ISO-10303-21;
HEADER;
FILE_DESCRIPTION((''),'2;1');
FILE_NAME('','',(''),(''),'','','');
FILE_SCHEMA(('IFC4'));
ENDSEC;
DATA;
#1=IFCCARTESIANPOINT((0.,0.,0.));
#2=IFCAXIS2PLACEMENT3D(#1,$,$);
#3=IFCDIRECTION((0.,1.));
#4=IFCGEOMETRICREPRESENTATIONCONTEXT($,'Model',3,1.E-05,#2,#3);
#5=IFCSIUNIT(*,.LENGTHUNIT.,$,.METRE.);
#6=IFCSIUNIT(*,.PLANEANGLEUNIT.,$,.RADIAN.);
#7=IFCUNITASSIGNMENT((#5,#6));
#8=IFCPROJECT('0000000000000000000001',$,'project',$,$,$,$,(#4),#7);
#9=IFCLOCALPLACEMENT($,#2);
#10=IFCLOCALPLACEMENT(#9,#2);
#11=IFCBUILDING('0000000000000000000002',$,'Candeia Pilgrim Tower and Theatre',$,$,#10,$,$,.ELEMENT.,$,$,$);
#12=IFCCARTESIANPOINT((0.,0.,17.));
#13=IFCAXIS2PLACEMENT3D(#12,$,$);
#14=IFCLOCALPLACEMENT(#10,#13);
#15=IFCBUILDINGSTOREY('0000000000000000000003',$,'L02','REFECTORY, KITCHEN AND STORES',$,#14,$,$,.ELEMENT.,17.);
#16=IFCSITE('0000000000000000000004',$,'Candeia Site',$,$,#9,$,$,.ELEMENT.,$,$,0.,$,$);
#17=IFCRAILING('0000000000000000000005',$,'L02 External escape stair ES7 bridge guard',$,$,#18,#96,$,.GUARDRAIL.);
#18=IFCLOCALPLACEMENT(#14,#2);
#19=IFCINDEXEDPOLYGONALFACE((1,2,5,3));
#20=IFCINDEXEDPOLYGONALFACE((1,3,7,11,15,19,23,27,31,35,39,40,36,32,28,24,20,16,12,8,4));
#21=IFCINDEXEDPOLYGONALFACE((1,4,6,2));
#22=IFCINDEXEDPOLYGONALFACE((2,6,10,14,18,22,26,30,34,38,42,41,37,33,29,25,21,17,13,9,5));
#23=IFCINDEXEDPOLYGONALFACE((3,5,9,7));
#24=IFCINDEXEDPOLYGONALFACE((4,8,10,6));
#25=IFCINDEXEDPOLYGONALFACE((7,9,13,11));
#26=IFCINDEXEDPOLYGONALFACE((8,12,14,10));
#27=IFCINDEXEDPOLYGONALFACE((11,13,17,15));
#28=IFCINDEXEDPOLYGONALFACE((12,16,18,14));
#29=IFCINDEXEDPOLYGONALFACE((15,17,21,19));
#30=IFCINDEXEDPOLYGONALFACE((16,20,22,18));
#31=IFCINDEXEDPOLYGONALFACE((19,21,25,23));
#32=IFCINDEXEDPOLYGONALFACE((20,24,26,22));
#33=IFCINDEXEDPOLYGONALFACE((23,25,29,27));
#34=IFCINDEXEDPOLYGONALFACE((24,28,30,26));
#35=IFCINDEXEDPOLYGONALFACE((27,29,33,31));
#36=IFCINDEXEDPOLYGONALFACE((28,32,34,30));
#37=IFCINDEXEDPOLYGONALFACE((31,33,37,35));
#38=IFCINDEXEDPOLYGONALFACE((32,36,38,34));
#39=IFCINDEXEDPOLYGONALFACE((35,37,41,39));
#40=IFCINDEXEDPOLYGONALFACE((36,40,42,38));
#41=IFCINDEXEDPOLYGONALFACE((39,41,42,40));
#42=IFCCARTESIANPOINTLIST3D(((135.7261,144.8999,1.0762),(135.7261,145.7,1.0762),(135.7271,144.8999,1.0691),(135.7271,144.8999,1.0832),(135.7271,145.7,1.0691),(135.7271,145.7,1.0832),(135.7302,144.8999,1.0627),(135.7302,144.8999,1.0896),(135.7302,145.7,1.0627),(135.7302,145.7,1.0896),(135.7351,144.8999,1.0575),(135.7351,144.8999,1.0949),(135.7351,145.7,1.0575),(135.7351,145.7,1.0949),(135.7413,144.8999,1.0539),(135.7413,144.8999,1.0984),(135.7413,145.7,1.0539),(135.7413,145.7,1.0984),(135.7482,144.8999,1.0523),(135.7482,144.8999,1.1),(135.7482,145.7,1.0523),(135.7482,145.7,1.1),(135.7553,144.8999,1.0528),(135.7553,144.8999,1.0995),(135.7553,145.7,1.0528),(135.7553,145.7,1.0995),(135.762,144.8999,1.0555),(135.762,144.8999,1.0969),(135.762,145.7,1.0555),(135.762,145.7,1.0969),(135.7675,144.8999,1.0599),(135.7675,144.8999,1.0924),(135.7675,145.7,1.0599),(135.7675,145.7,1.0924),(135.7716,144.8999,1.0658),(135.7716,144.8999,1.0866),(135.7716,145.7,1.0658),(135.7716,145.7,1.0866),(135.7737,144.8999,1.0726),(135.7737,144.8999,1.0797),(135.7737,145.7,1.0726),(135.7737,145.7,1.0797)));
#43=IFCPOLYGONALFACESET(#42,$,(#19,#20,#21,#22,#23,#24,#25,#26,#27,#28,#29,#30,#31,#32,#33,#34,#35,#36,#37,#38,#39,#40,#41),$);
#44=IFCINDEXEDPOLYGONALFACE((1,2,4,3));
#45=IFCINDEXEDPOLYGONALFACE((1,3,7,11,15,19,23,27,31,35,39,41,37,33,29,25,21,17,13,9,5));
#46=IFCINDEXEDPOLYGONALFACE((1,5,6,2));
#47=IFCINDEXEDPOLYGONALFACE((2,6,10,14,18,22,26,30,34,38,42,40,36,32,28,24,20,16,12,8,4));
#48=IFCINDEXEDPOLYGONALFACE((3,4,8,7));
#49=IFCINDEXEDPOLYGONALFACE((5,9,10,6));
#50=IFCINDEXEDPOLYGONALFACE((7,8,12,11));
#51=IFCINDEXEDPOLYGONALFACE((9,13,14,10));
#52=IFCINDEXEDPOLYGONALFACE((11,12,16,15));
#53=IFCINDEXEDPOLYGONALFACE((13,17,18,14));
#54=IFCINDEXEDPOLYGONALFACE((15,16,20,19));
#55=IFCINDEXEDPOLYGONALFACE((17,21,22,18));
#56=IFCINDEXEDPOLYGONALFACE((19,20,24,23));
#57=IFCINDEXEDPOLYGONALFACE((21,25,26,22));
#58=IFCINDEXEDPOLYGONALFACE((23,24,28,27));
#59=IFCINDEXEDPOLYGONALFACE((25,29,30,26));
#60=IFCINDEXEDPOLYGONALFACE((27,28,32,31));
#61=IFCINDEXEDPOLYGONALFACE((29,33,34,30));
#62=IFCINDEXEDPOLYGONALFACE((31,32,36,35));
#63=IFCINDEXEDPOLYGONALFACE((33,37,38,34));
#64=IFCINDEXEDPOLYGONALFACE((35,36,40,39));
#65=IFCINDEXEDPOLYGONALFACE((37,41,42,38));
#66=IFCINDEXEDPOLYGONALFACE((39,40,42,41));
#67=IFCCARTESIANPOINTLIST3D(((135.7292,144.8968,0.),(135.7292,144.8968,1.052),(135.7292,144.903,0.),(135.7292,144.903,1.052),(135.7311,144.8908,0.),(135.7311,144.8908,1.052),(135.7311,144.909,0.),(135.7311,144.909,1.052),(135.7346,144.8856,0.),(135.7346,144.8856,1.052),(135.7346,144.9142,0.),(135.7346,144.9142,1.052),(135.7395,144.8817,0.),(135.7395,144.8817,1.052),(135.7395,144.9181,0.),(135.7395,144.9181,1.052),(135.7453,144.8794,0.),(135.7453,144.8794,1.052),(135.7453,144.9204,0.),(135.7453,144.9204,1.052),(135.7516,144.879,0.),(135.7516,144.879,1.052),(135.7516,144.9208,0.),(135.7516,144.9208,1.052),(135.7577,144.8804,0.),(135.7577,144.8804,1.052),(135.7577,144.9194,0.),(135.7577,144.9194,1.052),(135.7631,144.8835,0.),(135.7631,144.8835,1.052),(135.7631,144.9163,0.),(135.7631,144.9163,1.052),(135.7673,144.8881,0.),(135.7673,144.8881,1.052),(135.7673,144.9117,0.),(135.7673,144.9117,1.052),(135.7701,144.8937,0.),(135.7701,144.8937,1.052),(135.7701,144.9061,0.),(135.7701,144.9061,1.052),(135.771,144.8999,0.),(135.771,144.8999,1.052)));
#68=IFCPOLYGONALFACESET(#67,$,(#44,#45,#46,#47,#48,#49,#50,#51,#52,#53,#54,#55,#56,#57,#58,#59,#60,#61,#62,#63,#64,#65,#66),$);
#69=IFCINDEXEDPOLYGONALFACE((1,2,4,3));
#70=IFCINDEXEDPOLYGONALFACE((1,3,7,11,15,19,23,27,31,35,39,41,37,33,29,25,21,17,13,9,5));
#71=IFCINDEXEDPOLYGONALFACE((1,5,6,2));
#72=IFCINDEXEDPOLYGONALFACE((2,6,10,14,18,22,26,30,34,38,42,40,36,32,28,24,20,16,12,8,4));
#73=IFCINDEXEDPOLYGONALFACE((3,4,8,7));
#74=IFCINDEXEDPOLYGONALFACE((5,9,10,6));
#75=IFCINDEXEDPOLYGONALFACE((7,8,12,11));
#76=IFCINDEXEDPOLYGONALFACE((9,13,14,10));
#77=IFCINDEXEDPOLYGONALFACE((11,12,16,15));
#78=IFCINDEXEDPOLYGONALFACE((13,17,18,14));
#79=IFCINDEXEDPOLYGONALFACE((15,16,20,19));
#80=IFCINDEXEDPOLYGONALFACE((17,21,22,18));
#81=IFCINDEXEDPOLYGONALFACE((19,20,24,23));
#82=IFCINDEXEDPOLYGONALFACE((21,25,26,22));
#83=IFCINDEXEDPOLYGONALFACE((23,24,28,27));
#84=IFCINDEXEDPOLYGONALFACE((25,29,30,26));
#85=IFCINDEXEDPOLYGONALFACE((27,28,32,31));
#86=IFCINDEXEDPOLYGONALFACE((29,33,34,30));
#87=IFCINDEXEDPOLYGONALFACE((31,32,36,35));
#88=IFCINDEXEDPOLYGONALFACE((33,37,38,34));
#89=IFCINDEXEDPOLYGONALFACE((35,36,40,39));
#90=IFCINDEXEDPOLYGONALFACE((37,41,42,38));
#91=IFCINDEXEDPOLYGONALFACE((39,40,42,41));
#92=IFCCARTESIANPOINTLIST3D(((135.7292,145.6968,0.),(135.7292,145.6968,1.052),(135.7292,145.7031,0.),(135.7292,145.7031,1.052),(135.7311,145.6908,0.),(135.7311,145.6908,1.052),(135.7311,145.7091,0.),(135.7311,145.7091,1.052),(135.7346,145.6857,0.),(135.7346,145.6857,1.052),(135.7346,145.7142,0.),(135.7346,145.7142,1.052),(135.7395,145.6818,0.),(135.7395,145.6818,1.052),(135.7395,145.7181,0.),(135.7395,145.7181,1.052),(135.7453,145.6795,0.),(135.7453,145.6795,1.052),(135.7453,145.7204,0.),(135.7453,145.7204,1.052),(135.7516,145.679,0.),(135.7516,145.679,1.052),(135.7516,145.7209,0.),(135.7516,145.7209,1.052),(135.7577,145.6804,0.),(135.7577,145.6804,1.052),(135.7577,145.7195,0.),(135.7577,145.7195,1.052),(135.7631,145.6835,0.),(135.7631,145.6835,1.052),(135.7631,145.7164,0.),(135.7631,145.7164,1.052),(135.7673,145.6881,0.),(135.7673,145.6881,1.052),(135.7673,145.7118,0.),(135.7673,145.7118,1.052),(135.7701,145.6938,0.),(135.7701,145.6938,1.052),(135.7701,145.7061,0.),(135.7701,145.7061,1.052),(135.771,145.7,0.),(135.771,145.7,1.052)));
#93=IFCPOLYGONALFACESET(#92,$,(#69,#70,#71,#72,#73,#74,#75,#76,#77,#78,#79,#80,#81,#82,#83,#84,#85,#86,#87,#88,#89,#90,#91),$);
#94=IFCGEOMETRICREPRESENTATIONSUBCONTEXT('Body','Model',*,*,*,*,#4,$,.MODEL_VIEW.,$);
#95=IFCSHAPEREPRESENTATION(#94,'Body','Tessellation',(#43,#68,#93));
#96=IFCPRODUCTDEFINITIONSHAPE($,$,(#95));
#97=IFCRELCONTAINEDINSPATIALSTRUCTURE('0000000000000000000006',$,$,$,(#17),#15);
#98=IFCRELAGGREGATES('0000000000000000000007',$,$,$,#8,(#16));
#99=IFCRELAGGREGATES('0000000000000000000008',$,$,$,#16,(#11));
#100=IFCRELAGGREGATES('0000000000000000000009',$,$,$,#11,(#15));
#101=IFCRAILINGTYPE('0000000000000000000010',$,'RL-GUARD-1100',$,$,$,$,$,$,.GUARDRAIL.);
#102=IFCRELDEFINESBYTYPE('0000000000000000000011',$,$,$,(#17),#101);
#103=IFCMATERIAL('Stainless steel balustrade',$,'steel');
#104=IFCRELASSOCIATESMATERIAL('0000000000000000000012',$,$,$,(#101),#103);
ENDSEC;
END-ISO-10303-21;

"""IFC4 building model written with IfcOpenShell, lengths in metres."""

from ifc_helpers import new_model, si_unit, direction, frame, origin, origin_2d, place, context, subcontext, project, spatial, circle, extrude, material, type_object, element, save


model = new_model("IFC4")

# Units and contexts
model_context = context("Model", 3, precision=1e-05, world=origin(), true_north=direction((0.0, 1.0)))
body_context = subcontext(model_context, "Body", "Model", "MODEL_VIEW")
ifc_project = project(units=[si_unit("LENGTHUNIT", "METRE"), si_unit("PLANEANGLEUNIT", "RADIAN")], contexts=[model_context])

# Site, building, storey
site_placement = place(None, origin())
site = spatial("IfcSite", under=ifc_project, at=site_placement, Name="Candeia Site", CompositionType="ELEMENT", RefElevation=0.0)
building_placement = place(site_placement, origin())
building = spatial("IfcBuilding", under=site, at=building_placement, Name="Candeia Pilgrim Tower and Theatre", CompositionType="ELEMENT")
storey_placement = place(building_placement, frame((0.0, 0.0, 17.0)))
storey = spatial("IfcBuildingStorey", under=building, at=storey_placement, Name="L02", Description="REFECTORY, KITCHEN AND STORES", CompositionType="ELEMENT", Elevation=17.0)

# Railing
ifc_material_1 = material(Name="Stainless steel balustrade", Category="steel")
railing_type_1 = type_object("IfcRailingType", Name="RL-GUARD-1100", PredefinedType="GUARDRAIL", material=ifc_material_1)
railing_1_placement = place(storey_placement, frame((135.75, 144.8999, 0.0)))
element("IfcRailing", 1, at=railing_1_placement, inside=storey, type_object=railing_type_1, Name="L02 External escape stair ES7 bridge guard", PredefinedType="GUARDRAIL", context=body_context, shape_type="SweptSolid", body=[
    extrude(circle(Radius=0.0239, at=origin_2d()), frame((0.0, 0.0, 1.0762), z_axis=(0.0, 1.0, 0.0), x_axis=(-1.0, 0.0, 0.0)), (0.0, 0.0, 1.0), 0.8),
    extrude(circle(Radius=0.021, at=origin_2d()), origin(), (0.0, 0.0, 1.0), 1.052),
    extrude(circle(Radius=0.021, at=origin_2d()), frame((0.0, 0.8, 0.0)), (0.0, 0.0, 1.0), 1.052),
])

save(model, "model.ifc")
